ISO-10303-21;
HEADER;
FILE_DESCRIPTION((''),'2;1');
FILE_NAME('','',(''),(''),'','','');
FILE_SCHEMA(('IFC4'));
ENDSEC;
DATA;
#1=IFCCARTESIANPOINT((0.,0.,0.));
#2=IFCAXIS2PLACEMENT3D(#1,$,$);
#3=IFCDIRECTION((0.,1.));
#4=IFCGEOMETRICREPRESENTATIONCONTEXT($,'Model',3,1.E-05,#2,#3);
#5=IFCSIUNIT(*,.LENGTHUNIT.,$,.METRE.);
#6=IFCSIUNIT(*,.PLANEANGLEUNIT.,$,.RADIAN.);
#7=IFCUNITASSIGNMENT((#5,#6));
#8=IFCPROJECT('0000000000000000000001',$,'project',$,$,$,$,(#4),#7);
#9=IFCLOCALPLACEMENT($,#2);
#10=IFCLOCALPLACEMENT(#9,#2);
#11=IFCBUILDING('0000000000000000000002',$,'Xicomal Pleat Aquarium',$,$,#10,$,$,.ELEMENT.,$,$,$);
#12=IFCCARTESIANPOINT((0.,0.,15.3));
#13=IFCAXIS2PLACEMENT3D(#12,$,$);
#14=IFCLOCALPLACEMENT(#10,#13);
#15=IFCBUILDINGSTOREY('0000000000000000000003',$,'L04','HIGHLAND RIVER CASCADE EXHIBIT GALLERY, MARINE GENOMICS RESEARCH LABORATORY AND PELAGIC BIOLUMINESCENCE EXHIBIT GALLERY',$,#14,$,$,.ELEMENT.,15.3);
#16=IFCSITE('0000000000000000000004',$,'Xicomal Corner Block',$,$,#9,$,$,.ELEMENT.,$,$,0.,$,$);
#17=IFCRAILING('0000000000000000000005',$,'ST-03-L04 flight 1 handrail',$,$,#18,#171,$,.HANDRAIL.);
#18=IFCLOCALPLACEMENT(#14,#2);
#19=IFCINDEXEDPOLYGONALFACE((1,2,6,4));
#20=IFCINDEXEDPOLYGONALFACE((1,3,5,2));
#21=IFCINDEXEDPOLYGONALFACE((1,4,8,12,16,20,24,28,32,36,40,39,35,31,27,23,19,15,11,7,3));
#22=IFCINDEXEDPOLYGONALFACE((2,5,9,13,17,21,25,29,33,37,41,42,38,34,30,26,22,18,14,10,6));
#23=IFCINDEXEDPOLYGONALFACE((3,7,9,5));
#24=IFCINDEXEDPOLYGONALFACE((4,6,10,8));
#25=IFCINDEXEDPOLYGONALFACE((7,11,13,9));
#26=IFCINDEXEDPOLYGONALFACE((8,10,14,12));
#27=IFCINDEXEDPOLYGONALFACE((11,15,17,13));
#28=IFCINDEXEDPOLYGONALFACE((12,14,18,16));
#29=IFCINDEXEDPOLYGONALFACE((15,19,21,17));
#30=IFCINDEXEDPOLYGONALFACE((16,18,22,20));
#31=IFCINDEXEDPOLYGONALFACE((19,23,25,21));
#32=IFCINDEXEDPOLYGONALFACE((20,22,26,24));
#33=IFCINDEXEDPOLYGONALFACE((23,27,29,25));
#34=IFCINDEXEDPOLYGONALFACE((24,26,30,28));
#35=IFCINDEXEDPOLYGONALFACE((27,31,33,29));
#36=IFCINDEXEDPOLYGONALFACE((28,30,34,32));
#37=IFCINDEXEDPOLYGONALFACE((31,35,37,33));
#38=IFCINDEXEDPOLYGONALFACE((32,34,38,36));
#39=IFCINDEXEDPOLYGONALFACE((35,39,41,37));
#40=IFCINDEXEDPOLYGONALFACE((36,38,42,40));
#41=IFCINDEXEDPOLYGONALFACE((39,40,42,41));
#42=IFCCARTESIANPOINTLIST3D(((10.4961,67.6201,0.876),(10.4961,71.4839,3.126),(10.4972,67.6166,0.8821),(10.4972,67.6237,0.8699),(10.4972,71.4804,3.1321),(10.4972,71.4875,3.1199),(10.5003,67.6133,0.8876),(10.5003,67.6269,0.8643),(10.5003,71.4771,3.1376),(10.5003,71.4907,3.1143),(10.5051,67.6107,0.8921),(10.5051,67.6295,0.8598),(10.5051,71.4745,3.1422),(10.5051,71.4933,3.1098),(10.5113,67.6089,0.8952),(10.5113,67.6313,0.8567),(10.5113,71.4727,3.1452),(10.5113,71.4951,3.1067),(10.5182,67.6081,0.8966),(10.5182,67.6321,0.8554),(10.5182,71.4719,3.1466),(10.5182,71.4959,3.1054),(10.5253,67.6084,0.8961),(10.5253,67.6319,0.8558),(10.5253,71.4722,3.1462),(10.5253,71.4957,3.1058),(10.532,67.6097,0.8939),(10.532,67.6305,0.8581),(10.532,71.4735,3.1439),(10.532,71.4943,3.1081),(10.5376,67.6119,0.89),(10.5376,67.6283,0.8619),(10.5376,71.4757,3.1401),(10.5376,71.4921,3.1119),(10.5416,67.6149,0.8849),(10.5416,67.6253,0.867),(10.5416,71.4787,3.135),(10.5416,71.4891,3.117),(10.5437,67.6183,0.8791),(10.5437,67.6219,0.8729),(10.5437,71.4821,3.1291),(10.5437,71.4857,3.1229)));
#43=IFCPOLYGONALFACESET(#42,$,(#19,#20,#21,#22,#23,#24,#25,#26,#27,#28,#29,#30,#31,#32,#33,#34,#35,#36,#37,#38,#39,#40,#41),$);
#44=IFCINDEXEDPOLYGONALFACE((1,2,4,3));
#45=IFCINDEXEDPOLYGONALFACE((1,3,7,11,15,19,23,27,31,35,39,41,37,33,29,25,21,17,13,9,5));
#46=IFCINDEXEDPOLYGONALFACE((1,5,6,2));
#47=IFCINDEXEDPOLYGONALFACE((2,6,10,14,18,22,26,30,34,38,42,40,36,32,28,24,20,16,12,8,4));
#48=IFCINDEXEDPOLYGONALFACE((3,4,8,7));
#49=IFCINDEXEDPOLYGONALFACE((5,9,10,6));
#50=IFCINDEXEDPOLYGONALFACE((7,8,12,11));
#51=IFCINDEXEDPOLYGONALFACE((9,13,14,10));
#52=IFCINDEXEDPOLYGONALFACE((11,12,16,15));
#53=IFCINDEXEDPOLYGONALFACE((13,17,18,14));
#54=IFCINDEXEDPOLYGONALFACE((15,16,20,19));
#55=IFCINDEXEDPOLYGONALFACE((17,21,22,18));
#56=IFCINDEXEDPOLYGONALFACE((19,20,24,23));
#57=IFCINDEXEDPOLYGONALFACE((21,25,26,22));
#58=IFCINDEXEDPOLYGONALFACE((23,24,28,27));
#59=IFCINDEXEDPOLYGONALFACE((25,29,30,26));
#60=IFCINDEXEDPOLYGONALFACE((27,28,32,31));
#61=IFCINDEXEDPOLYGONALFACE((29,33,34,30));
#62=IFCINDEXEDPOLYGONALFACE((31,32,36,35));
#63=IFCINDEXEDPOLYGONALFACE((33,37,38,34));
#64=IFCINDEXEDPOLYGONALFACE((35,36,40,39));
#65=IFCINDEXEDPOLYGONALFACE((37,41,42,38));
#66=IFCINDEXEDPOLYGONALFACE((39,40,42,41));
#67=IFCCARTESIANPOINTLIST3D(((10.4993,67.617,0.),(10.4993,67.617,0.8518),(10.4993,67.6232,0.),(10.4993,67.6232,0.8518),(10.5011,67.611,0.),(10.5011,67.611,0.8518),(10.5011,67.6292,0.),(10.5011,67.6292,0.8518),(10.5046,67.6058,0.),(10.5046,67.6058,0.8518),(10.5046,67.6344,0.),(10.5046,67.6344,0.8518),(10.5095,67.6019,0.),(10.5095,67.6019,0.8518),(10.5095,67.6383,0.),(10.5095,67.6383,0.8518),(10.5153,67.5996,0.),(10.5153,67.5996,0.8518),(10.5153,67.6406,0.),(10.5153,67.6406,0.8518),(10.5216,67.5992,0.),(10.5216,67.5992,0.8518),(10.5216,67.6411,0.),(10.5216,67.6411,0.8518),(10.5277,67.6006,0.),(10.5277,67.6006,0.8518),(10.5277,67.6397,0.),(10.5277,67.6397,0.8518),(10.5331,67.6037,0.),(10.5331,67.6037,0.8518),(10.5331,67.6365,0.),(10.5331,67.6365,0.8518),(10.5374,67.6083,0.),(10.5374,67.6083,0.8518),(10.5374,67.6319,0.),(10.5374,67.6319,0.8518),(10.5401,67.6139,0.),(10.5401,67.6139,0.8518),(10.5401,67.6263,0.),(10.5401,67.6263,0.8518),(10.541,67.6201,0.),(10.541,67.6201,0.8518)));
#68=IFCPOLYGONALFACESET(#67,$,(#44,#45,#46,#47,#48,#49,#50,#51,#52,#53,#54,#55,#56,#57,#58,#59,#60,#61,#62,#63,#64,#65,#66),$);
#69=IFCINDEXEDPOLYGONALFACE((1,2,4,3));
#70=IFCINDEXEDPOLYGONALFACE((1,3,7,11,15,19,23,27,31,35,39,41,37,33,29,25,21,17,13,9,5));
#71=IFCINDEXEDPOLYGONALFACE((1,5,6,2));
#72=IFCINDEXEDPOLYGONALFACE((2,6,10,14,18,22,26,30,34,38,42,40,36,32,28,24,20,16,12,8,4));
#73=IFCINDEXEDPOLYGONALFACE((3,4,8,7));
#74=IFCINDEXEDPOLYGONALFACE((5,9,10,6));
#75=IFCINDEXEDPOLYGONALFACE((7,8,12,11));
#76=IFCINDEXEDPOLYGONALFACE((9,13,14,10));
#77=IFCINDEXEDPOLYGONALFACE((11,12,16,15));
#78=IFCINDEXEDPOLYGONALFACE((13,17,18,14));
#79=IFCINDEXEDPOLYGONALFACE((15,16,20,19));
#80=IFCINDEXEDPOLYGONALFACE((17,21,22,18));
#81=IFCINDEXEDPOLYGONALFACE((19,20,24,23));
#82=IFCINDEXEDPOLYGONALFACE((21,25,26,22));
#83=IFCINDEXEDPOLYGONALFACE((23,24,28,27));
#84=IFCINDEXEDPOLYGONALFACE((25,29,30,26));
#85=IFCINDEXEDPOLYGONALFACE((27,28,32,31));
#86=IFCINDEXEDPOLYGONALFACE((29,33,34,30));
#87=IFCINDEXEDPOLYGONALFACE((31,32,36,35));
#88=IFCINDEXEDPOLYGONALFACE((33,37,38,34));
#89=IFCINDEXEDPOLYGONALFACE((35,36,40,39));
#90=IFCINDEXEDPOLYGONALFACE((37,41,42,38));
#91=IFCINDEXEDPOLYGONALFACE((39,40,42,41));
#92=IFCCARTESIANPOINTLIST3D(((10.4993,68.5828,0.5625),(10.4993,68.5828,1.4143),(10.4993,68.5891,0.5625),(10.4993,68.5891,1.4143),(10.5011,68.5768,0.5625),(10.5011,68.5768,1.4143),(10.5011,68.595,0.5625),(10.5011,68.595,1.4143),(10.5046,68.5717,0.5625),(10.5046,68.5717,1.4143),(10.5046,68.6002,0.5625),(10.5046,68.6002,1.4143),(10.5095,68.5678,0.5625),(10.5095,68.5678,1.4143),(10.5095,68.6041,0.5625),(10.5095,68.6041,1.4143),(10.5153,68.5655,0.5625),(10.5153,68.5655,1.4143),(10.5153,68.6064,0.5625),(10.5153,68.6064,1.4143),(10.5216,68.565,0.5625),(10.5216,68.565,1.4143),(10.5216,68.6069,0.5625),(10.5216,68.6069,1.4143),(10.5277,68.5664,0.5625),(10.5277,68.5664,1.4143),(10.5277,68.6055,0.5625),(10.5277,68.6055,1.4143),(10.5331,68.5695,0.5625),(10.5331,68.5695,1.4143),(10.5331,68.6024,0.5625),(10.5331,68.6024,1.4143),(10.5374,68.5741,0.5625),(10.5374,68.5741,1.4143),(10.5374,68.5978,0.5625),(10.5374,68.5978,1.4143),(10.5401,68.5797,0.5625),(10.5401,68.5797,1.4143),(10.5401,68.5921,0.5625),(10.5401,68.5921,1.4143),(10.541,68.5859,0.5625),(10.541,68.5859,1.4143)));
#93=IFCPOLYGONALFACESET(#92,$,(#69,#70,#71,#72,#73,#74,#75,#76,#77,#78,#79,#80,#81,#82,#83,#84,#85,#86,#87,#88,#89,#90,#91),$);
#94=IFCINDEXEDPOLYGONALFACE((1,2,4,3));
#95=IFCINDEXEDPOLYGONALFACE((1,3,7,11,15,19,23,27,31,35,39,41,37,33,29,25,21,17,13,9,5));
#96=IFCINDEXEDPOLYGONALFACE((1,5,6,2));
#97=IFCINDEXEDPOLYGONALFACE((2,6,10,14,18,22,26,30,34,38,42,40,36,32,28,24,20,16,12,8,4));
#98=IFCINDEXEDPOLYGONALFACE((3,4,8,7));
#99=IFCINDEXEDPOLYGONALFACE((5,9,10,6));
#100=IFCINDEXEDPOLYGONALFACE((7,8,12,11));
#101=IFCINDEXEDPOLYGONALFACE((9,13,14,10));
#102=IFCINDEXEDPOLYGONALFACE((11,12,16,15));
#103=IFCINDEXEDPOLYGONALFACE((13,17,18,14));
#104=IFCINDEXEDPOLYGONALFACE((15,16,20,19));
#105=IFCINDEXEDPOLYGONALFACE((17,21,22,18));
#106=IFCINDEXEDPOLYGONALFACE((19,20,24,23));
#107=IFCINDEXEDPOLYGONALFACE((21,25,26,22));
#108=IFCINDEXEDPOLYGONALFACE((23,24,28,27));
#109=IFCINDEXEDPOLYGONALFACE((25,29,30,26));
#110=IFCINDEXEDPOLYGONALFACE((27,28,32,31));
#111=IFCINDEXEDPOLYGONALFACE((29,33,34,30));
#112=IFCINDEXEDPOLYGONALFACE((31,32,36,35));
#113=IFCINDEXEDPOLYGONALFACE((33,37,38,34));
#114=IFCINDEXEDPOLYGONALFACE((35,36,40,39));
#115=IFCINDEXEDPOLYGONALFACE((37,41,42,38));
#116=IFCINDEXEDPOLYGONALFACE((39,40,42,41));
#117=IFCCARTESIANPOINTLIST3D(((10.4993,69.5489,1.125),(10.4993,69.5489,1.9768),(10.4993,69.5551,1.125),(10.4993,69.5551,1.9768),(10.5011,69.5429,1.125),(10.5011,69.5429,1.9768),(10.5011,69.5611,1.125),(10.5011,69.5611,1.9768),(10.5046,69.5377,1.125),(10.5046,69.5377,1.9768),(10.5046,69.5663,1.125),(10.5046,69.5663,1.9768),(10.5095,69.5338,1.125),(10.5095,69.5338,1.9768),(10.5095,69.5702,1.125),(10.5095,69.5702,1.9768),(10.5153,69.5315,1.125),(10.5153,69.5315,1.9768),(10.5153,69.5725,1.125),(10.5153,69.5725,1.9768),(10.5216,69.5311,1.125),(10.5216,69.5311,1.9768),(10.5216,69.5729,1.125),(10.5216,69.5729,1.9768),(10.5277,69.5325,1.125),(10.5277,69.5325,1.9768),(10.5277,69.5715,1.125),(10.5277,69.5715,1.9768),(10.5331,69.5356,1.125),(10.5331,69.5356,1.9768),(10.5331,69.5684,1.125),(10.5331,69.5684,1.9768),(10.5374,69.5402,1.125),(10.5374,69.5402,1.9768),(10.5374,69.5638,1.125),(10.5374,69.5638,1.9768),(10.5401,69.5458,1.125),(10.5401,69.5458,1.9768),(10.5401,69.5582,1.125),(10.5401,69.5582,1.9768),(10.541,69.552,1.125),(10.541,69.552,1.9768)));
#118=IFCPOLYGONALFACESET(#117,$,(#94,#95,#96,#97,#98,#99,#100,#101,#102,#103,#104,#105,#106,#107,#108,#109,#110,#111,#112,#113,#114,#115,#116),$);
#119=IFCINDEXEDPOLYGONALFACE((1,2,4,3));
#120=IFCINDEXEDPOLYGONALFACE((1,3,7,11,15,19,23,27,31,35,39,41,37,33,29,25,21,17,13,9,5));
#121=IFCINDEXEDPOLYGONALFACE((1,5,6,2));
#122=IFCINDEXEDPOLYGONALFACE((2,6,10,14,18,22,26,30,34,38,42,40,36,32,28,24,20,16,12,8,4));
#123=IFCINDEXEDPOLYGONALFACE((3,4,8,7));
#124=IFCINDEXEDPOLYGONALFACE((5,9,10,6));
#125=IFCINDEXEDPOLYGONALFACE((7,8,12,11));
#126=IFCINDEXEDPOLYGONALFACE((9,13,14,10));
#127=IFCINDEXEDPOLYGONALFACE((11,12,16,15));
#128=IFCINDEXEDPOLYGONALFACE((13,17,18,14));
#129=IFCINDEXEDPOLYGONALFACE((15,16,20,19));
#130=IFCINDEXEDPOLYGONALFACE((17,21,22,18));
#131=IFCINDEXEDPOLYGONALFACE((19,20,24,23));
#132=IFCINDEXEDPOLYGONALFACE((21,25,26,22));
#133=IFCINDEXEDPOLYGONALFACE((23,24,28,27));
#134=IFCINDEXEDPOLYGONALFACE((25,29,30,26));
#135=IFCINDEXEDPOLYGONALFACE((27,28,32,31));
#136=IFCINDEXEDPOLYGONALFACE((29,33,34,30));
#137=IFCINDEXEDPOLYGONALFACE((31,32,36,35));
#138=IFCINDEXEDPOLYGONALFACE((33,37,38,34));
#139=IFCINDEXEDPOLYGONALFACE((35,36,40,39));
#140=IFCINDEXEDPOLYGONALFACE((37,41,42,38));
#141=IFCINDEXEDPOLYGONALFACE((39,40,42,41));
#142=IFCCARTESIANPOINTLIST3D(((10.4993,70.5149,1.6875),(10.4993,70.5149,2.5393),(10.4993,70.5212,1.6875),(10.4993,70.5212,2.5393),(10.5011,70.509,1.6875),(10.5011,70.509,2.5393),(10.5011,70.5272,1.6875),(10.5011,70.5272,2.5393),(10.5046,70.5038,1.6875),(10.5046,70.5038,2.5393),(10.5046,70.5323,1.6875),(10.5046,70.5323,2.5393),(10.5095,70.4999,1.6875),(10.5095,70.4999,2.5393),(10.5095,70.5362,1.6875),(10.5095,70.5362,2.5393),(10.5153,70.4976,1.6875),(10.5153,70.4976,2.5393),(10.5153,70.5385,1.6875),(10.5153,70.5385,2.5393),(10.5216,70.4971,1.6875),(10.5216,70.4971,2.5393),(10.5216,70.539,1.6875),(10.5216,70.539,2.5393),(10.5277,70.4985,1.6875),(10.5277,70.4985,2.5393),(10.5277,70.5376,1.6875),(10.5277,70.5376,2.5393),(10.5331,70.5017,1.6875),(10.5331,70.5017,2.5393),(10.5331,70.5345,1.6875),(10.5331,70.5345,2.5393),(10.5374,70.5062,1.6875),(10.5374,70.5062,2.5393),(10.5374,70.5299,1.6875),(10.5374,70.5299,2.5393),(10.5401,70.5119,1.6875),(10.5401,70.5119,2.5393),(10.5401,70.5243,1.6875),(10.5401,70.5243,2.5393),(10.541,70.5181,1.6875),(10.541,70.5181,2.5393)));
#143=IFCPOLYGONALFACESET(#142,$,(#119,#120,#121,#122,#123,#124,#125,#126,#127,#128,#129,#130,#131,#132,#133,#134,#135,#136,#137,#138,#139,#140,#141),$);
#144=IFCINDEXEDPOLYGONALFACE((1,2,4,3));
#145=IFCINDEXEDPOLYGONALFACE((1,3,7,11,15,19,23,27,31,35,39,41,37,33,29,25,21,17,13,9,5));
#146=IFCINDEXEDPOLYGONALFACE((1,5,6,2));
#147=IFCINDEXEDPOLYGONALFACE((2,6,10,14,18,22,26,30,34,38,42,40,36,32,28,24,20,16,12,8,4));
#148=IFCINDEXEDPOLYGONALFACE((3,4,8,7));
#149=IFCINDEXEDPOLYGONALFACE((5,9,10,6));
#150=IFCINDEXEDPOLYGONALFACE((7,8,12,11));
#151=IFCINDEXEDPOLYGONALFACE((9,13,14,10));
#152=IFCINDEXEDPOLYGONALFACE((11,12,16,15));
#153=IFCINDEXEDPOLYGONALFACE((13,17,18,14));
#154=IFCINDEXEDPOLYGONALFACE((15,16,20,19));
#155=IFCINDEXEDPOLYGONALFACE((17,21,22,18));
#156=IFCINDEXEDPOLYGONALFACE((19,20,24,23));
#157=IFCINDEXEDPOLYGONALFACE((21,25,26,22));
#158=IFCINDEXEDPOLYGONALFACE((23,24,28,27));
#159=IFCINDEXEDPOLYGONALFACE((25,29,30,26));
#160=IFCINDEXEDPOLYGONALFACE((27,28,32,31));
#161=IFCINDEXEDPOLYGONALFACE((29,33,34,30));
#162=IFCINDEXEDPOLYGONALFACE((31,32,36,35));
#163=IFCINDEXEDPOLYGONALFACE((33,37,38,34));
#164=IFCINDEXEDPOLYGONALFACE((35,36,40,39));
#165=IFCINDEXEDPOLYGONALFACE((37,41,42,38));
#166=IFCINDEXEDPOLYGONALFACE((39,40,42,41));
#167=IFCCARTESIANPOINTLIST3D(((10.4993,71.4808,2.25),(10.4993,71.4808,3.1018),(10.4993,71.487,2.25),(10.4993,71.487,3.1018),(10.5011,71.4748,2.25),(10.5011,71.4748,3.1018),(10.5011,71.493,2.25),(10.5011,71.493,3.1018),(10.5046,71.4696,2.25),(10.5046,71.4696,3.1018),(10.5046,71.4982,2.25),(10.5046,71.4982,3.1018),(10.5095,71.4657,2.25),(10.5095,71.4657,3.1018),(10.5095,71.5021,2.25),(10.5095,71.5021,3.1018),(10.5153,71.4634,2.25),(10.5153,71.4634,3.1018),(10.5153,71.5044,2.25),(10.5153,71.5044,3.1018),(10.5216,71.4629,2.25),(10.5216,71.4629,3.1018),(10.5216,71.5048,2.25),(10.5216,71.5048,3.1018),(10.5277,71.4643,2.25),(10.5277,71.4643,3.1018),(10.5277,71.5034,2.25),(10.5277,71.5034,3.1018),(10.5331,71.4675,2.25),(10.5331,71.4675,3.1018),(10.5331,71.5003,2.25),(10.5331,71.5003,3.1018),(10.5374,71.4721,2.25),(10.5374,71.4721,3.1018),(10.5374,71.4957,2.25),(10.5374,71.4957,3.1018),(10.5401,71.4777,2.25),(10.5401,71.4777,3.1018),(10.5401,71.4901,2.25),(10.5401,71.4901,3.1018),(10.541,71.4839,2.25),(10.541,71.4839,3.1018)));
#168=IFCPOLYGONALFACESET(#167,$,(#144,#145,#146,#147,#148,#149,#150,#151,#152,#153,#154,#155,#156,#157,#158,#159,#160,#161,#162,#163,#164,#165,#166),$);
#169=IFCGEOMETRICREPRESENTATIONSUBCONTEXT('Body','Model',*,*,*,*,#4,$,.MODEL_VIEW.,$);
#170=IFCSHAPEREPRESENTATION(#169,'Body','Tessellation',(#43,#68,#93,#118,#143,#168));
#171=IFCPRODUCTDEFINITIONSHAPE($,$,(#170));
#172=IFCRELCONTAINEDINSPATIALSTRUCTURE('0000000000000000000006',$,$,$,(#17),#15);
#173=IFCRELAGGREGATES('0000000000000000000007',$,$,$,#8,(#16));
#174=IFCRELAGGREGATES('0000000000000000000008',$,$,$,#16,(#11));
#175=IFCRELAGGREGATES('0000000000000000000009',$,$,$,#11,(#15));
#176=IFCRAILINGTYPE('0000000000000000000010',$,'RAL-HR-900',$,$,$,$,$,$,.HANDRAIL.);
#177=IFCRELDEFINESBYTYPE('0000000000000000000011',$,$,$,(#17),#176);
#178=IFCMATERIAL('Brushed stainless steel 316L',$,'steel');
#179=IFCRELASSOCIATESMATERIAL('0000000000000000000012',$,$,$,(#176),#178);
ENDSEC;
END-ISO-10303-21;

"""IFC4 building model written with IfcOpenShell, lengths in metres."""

from ifc_helpers import new_model, si_unit, direction, frame, origin, origin_2d, place, context, subcontext, project, spatial, circle, extrude, material, type_object, element, save


model = new_model("IFC4")

# Units and contexts
model_context = context("Model", 3, precision=1e-05, world=origin(), true_north=direction((0.0, 1.0)))
body_context = subcontext(model_context, "Body", "Model", "MODEL_VIEW")
ifc_project = project(units=[si_unit("LENGTHUNIT", "METRE"), si_unit("PLANEANGLEUNIT", "RADIAN")], contexts=[model_context])

# Site, building, storey
site_placement = place(None, origin())
site = spatial("IfcSite", under=ifc_project, at=site_placement, Name="Xicomal Corner Block", CompositionType="ELEMENT", RefElevation=0.0)
building_placement = place(site_placement, origin())
building = spatial("IfcBuilding", under=site, at=building_placement, Name="Xicomal Pleat Aquarium", CompositionType="ELEMENT")
storey_placement = place(building_placement, frame((0.0, 0.0, 15.3)))
storey = spatial("IfcBuildingStorey", under=building, at=storey_placement, Name="L04", Description="HIGHLAND RIVER CASCADE EXHIBIT GALLERY, MARINE GENOMICS RESEARCH LABORATORY AND PELAGIC BIOLUMINESCENCE EXHIBIT GALLERY", CompositionType="ELEMENT", Elevation=15.3)

# Railing
ifc_material_1 = material(Name="Brushed stainless steel 316L", Category="steel")
railing_type = type_object("IfcRailingType", Name="RAL-HR-900", PredefinedType="HANDRAIL", material=ifc_material_1)
railing_placement = place(storey_placement, frame((10.52, 67.6201, 0.0)))
element("IfcRailing", 1, at=railing_placement, inside=storey, type_object=railing_type, Name="ST-03-L04 flight 1 handrail", PredefinedType="HANDRAIL", context=body_context, shape_type="SweptSolid", body=[
    extrude(circle(Radius=0.0239, at=origin_2d()), frame((0.0, 0.0, 0.876), z_axis=(0.0, 0.864155, 0.503226), x_axis=(-1.0, 0.0, 0.0)), (0.0, 0.0, 1.0), 4.4712),
    extrude(circle(Radius=0.021, at=origin_2d()), origin(), (0.0, 0.0, 1.0), 0.8518),
    extrude(circle(Radius=0.021, at=origin_2d()), frame((0.0, 0.9658, 0.5625)), (0.0, 0.0, 1.0), 0.8518),
    extrude(circle(Radius=0.021, at=origin_2d()), frame((0.0, 1.9319, 1.125)), (0.0, 0.0, 1.0), 0.8518),
    extrude(circle(Radius=0.021, at=origin_2d()), frame((0.0, 2.8979, 1.6875)), (0.0, 0.0, 1.0), 0.8518),
    extrude(circle(Radius=0.021, at=origin_2d()), frame((0.0, 3.8638, 2.25)), (0.0, 0.0, 1.0), 0.8518),
])

save(model, "model.ifc")
